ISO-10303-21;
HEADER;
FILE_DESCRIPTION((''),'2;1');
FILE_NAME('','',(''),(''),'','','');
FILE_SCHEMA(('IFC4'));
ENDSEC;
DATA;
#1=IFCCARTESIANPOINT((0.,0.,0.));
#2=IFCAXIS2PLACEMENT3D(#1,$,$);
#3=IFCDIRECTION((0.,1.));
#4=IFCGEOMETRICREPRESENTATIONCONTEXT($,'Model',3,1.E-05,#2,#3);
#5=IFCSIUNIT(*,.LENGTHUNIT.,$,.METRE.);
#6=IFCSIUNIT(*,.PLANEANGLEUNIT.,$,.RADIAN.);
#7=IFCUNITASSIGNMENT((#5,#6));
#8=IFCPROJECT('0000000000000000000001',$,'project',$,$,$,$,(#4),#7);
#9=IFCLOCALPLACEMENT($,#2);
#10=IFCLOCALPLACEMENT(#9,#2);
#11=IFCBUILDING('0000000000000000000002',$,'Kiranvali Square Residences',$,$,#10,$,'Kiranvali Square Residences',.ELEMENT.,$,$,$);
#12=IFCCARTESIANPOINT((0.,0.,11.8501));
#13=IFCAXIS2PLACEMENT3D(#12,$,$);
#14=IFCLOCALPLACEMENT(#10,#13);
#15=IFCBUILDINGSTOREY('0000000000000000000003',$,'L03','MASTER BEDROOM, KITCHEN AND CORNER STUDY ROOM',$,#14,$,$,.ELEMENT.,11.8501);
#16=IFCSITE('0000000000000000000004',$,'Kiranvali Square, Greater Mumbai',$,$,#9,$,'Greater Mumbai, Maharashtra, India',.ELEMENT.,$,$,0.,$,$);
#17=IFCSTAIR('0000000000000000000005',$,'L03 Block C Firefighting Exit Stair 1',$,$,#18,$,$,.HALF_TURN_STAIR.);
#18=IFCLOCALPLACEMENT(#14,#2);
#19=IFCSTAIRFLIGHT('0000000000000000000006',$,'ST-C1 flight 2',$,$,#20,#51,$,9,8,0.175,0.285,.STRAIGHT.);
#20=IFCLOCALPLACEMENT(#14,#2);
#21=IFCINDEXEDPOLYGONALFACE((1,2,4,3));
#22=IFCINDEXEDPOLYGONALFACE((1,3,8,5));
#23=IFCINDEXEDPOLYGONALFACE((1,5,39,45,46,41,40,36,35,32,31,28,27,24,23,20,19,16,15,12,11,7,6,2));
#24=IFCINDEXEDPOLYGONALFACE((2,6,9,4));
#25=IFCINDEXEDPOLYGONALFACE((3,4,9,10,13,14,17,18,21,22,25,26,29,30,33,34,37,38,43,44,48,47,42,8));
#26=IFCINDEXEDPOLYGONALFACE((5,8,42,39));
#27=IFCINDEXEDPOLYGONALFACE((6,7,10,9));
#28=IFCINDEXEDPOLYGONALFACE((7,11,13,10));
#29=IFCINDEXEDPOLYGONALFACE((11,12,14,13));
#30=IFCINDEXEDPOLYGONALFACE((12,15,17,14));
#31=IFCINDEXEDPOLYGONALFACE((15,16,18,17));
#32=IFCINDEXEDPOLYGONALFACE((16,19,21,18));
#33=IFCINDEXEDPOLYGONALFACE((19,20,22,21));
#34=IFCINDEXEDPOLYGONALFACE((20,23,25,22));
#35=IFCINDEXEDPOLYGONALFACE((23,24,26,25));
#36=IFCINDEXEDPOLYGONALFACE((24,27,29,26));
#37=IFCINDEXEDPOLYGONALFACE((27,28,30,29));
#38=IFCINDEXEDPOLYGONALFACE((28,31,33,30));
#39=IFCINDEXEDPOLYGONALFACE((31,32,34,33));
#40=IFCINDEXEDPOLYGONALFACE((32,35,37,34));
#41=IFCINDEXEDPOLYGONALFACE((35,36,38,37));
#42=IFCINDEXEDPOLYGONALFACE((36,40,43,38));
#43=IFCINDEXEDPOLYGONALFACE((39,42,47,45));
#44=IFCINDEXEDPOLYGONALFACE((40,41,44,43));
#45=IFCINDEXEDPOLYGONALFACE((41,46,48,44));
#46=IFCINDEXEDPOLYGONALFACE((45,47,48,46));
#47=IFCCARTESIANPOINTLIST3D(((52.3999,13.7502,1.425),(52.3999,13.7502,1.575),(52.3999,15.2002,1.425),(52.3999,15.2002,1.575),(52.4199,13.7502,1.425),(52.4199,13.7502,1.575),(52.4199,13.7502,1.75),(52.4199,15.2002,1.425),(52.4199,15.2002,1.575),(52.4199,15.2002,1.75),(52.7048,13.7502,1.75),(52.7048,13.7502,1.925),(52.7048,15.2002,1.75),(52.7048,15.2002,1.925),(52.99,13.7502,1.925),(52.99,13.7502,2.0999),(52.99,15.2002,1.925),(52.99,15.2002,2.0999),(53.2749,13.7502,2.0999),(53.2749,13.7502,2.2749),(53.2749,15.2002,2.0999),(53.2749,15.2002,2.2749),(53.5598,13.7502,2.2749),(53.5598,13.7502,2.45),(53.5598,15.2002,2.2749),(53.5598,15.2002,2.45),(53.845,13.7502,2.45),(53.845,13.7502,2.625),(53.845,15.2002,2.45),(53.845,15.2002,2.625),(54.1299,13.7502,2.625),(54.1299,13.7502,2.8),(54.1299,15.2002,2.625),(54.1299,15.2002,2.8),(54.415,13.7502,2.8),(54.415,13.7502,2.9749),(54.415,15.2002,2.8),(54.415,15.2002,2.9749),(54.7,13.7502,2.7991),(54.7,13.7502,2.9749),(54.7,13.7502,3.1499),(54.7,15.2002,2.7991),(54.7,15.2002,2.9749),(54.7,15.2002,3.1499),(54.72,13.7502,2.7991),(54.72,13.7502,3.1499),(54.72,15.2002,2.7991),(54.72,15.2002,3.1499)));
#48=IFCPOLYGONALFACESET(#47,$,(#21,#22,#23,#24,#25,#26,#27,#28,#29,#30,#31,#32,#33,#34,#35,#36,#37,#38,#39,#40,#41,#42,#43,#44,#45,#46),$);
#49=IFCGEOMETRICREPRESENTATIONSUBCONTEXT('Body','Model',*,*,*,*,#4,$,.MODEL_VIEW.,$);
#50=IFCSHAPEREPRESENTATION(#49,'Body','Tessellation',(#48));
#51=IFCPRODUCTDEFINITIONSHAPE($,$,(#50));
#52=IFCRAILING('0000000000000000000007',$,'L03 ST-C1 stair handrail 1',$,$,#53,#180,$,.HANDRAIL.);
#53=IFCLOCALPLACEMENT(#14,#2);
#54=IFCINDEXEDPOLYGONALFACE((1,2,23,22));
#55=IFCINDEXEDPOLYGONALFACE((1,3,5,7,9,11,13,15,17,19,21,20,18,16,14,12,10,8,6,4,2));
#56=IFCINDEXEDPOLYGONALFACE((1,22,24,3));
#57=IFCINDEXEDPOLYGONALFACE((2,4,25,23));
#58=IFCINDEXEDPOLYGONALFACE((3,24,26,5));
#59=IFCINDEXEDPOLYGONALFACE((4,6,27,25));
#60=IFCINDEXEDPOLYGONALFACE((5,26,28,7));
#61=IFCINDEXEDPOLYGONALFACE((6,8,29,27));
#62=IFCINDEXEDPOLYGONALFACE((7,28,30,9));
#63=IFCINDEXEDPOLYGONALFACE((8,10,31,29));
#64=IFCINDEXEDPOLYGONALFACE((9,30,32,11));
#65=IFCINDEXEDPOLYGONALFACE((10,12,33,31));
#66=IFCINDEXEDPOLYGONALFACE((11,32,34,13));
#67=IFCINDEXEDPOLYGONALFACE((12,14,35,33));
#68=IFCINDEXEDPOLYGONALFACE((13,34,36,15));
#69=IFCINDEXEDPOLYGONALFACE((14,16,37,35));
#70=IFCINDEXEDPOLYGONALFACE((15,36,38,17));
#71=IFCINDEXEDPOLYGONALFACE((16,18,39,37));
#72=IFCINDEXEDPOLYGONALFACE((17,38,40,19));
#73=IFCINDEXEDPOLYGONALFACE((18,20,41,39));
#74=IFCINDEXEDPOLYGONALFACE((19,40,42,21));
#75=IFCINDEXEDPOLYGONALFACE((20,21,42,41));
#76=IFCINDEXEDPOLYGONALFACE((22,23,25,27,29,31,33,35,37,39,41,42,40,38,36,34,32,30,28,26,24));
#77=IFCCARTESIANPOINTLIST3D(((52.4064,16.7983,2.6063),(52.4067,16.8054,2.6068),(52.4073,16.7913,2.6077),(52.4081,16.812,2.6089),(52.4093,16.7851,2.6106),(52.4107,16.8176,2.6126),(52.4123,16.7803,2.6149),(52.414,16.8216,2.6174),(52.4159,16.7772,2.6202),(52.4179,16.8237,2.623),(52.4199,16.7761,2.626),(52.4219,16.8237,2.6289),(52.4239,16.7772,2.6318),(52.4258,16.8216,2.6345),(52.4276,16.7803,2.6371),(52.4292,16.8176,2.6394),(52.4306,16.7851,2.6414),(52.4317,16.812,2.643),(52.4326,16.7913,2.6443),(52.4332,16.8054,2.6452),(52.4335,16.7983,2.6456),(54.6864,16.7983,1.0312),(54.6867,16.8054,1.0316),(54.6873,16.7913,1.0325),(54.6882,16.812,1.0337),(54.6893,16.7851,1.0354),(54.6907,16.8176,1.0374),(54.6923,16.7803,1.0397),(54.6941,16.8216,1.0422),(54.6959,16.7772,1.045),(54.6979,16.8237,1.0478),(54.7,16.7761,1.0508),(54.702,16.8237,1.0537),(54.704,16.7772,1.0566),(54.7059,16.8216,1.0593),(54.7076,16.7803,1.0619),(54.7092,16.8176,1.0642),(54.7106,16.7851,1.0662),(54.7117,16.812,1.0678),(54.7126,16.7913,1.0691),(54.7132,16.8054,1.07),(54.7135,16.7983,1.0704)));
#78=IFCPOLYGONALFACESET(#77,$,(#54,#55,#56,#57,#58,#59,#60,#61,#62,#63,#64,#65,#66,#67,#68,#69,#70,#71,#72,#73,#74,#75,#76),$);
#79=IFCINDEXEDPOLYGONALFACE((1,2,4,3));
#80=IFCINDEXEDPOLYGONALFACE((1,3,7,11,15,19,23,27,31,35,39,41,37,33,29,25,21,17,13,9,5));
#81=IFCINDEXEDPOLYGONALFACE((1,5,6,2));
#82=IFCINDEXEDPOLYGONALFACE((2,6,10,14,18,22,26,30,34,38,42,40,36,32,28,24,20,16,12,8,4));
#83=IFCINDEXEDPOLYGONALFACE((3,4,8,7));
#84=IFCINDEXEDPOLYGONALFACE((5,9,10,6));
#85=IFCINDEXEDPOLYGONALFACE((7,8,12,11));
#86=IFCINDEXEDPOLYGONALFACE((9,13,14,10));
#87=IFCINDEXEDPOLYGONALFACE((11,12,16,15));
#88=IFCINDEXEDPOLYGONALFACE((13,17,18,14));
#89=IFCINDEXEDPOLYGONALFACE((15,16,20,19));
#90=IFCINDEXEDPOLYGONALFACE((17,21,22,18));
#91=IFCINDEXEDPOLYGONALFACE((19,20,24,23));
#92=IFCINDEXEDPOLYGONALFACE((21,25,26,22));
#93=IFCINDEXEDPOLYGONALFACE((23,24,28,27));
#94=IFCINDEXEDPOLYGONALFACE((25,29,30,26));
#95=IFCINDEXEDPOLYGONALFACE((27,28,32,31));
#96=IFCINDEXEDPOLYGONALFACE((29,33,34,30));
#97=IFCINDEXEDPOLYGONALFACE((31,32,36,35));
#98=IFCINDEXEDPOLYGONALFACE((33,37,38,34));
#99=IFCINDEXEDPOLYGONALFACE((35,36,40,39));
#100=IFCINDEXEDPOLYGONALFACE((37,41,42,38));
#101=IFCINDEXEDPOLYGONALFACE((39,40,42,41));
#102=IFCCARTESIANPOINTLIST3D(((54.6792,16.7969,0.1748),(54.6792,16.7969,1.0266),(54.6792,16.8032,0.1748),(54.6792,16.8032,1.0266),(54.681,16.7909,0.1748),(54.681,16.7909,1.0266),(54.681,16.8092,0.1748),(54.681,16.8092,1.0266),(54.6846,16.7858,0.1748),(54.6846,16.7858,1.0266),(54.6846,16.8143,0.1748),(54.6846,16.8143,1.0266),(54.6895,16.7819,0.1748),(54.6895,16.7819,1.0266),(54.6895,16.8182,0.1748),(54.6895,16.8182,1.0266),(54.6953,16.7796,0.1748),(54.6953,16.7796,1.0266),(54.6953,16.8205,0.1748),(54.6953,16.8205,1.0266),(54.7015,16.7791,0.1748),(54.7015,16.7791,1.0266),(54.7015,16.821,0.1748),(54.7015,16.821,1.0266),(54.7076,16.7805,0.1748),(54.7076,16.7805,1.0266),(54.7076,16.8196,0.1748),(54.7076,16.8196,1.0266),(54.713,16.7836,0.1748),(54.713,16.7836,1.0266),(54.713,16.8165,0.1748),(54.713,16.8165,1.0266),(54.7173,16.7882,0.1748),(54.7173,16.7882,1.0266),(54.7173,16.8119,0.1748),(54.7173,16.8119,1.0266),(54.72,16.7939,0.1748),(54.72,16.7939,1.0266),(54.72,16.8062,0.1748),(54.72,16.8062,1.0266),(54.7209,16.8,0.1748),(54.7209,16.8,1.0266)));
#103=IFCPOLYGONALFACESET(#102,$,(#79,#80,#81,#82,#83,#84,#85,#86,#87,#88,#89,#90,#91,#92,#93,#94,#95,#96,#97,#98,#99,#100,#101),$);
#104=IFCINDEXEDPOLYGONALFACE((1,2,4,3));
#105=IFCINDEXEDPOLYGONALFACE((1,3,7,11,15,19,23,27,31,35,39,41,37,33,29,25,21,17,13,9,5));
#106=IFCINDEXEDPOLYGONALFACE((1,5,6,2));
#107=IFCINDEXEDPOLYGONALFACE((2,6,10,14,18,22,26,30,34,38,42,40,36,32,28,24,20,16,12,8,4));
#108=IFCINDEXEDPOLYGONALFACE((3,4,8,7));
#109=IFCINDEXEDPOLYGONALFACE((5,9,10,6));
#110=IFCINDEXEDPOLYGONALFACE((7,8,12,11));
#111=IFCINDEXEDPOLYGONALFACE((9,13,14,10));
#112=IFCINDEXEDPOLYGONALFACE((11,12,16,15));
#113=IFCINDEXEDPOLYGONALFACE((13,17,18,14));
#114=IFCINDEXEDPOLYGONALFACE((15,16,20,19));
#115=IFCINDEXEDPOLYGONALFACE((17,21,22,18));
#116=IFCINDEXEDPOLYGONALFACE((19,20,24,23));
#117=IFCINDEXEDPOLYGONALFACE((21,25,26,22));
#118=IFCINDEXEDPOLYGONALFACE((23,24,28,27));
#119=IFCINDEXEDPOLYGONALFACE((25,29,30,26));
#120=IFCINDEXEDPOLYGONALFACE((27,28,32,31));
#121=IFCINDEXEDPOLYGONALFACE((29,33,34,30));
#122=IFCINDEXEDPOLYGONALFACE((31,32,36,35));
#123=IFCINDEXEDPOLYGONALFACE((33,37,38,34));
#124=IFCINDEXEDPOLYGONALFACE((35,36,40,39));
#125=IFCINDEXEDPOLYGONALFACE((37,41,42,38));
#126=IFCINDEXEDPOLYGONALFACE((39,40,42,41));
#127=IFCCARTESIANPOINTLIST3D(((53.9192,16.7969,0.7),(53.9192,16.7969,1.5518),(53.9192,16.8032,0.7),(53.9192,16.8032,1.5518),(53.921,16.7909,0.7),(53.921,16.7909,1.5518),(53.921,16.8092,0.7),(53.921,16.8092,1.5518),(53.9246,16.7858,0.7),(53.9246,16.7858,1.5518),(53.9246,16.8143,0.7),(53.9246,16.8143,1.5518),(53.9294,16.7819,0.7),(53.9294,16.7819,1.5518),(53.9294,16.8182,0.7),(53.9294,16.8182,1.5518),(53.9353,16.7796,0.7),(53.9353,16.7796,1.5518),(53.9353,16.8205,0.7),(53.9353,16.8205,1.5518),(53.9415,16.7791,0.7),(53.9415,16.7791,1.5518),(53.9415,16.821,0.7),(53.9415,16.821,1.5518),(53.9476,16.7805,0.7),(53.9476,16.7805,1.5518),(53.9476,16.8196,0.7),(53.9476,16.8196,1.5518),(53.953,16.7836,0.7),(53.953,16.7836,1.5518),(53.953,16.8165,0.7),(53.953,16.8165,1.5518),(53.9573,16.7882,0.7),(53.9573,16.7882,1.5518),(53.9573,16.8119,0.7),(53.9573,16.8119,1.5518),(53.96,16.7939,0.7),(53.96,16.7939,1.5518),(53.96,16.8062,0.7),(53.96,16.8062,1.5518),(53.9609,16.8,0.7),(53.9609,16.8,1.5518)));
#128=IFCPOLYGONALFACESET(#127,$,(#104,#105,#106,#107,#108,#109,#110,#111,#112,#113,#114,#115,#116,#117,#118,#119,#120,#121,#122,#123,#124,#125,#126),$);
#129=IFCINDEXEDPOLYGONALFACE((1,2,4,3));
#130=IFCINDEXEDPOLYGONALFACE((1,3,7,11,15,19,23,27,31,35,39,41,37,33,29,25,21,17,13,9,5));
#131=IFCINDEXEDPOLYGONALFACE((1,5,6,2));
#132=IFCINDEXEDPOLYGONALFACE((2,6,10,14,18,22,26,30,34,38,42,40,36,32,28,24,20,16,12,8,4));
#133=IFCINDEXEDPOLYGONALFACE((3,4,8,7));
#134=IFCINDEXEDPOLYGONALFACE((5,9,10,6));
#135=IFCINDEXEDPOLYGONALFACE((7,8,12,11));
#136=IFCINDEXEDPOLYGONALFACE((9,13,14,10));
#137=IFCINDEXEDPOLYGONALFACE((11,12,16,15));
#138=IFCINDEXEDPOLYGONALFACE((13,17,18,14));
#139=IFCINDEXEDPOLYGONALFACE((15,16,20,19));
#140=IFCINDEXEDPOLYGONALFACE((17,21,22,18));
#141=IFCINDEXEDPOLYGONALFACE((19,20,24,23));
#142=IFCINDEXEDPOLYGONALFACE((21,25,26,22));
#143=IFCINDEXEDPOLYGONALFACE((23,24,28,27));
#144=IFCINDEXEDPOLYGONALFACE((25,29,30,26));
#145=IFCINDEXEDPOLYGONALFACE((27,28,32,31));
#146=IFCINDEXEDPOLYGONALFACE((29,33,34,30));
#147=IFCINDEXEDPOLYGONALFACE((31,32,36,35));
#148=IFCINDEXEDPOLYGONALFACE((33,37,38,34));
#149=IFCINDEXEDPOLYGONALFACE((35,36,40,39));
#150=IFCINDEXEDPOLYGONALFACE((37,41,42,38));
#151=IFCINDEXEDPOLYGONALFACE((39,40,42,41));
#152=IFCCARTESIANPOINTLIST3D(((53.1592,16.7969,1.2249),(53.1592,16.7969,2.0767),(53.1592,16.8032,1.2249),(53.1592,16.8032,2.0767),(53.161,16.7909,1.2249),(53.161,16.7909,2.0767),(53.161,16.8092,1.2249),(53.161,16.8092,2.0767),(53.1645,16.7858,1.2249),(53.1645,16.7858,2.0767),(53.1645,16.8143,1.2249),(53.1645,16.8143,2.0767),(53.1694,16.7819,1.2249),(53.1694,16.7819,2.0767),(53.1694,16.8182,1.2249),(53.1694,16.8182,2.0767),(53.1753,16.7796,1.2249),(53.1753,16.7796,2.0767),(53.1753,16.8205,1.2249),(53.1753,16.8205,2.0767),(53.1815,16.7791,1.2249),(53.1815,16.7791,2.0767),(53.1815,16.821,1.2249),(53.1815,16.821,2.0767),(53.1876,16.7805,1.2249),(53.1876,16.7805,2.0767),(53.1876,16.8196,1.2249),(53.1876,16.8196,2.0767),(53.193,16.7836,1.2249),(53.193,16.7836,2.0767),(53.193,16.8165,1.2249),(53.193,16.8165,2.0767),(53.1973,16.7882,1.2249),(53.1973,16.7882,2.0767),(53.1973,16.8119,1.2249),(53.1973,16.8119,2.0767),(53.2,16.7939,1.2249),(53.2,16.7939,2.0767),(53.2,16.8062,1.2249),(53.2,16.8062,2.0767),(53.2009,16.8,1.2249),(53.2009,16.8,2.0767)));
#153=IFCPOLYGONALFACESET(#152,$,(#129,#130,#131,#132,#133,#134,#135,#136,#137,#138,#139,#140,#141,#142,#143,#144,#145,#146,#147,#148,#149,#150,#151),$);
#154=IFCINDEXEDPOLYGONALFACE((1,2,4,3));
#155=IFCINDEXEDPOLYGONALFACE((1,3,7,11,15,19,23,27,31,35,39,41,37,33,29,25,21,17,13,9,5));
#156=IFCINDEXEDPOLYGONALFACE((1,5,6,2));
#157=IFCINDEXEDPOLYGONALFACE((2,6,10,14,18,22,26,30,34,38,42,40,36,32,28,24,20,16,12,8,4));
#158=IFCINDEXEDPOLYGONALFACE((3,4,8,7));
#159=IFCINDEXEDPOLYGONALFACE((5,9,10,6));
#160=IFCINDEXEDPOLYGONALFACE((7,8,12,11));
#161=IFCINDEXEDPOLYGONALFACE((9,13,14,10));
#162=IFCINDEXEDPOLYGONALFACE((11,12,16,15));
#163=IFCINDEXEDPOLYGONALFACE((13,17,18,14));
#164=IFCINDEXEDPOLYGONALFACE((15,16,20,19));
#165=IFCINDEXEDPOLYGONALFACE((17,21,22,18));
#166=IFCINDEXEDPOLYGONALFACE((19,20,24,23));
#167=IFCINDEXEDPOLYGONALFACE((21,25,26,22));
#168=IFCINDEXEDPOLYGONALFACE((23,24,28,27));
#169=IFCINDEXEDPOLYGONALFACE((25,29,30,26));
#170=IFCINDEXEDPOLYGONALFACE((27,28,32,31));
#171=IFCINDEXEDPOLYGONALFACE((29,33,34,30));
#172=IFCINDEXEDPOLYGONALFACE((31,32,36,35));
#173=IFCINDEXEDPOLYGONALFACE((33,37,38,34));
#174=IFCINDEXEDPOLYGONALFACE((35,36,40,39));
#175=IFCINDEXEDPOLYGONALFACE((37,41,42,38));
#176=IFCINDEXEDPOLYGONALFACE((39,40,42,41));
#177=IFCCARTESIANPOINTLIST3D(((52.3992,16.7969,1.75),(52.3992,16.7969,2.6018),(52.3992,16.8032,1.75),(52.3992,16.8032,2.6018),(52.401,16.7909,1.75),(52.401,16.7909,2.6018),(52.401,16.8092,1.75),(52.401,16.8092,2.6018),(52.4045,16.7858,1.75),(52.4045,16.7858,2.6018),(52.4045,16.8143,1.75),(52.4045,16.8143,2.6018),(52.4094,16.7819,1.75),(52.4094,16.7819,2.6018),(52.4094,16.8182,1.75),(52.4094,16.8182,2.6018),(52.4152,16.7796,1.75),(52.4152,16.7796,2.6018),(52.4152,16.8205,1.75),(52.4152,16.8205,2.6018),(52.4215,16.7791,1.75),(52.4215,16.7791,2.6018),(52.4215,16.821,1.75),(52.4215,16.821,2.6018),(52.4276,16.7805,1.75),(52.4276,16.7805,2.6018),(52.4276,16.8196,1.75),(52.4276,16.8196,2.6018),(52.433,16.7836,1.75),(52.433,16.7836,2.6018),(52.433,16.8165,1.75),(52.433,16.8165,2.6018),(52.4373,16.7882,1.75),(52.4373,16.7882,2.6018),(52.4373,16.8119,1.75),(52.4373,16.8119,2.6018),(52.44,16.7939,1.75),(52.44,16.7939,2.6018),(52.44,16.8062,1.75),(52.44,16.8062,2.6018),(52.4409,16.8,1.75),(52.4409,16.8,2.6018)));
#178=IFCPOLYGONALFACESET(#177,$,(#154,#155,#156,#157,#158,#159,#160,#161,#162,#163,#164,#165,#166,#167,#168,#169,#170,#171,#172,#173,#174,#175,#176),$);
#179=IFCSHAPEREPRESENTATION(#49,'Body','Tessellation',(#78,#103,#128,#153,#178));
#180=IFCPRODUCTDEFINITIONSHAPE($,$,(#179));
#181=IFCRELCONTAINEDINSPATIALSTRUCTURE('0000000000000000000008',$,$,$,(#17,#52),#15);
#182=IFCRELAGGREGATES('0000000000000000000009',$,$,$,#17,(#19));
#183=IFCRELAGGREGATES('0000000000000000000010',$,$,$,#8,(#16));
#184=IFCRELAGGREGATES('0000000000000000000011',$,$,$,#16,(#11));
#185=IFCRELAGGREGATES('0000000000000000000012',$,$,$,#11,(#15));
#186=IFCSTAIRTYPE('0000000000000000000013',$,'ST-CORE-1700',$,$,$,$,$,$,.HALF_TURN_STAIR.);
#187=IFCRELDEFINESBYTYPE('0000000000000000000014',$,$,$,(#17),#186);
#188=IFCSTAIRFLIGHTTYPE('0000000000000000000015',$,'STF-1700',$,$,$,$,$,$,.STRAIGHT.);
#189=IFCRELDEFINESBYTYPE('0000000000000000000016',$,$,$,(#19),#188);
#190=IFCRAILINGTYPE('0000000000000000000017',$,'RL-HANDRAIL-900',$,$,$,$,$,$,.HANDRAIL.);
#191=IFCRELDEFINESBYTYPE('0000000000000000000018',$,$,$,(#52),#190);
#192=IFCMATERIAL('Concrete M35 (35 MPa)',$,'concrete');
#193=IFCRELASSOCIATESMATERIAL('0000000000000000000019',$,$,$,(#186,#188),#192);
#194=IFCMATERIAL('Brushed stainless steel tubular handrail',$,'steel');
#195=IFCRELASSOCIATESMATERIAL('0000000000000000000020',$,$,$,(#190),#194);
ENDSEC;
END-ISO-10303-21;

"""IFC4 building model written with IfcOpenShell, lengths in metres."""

from ifc_helpers import new_model, si_unit, direction, frame, origin, origin_2d, place, context, subcontext, project, spatial, polyline, circle, outline, extrude, material, type_object, element, aggregate, save


model = new_model("IFC4")

# Units and contexts
model_context = context("Model", 3, precision=1e-05, world=origin(), true_north=direction((0.0, 1.0)))
body_context = subcontext(model_context, "Body", "Model", "MODEL_VIEW")
ifc_project = project(units=[si_unit("LENGTHUNIT", "METRE"), si_unit("PLANEANGLEUNIT", "RADIAN")], contexts=[model_context])

# Site, building, storey
site_placement = place(None, origin())
site = spatial("IfcSite", under=ifc_project, at=site_placement, Name="Kiranvali Square, Greater Mumbai", LongName="Greater Mumbai, Maharashtra, India", CompositionType="ELEMENT", RefElevation=0.0)
building_placement = place(site_placement, origin())
building = spatial("IfcBuilding", under=site, at=building_placement, Name="Kiranvali Square Residences", LongName="Kiranvali Square Residences", CompositionType="ELEMENT")
storey_placement = place(building_placement, frame((0.0, 0.0, 11.8501)))
storey = spatial("IfcBuildingStorey", under=building, at=storey_placement, Name="L03", Description="MASTER BEDROOM, KITCHEN AND CORNER STUDY ROOM", CompositionType="ELEMENT", Elevation=11.8501)

# Stair, stair flight
ifc_material_1 = material(Name="Concrete M35 (35 MPa)", Category="concrete")
stair_type = type_object("IfcStairType", Name="ST-CORE-1700", PredefinedType="HALF_TURN_STAIR", material=ifc_material_1)
stair_placement = place(storey_placement, origin())
stair = element("IfcStair", 1, at=stair_placement, inside=storey, type_object=stair_type, Name="L03 Block C Firefighting Exit Stair 1", PredefinedType="HALF_TURN_STAIR")
stair_flight_type = type_object("IfcStairFlightType", Name="STF-1700", PredefinedType="STRAIGHT", material=ifc_material_1)
stair_flight_1_placement = place(storey_placement, frame((52.4199, 14.4751, 1.575), z_axis=(0.0, 0.0, 1.0), x_axis=(1.0, 0.0, 0.0)))
stair_flight_1 = element("IfcStairFlight", 2, at=stair_flight_1_placement, type_object=stair_flight_type, Name="ST-C1 flight 2", NumberOfRisers=9, NumberOfTreads=8, PredefinedType="STRAIGHT", RiserHeight=0.175, TreadLength=0.285, context=body_context, shape_type="SweptSolid", body=[
    extrude(outline(polyline([(-0.02, -0.1499), (-0.02, 0.0), (0.0, 0.0), (0.0, 0.175), (0.2849, 0.175), (0.2849, 0.3501), (0.5701, 0.3501), (0.5701, 0.5249), (0.855, 0.5249), (0.855, 0.7), (1.1399, 0.7), (1.1399, 0.875), (1.425, 0.875), (1.425, 1.05), (1.71, 1.05), (1.71, 1.2251), (1.9951, 1.2251), (1.9951, 1.3999), (2.28, 1.3999), (2.28, 1.575), (2.3, 1.575), (2.3, 1.2241), (2.28, 1.2241), (0.0, -0.1499), (-0.02, -0.1499)])), frame((0.0, 0.7251, 0.0), z_axis=(0.0, -1.0, 0.0), x_axis=(1.0, 0.0, 0.0)), (0.0, 0.0, 1.0), 1.45),
])
aggregate(stair, [stair_flight_1])

# Railing
ifc_material_2 = material(Name="Brushed stainless steel tubular handrail", Category="steel")
railing_type_1 = type_object("IfcRailingType", Name="RL-HANDRAIL-900", PredefinedType="HANDRAIL", material=ifc_material_2)
railing_1_placement = place(storey_placement, frame((54.7, 16.8, 0.1748)))
element("IfcRailing", 3, at=railing_1_placement, inside=storey, type_object=railing_type_1, Name="L03 ST-C1 stair handrail 1", PredefinedType="HANDRAIL", context=body_context, shape_type="SweptSolid", body=[
    extrude(circle(Radius=0.0239, at=origin_2d()), frame((0.0, 0.0, 0.876), z_axis=(-0.822747, 0.0, 0.568408), x_axis=(0.0, -1.0, 0.0)), (0.0, 0.0, 1.0), 2.7712),
    extrude(circle(Radius=0.021, at=origin_2d()), origin(), (0.0, 0.0, 1.0), 0.8518),
    extrude(circle(Radius=0.021, at=origin_2d()), frame((-0.76, 0.0, 0.5251)), (0.0, 0.0, 1.0), 0.8518),
    extrude(circle(Radius=0.021, at=origin_2d()), frame((-1.52, 0.0, 1.05)), (0.0, 0.0, 1.0), 0.8518),
    extrude(circle(Radius=0.021, at=origin_2d()), frame((-2.28, 0.0, 1.5752)), (0.0, 0.0, 1.0), 0.8518),
])

save(model, "model.ifc")
